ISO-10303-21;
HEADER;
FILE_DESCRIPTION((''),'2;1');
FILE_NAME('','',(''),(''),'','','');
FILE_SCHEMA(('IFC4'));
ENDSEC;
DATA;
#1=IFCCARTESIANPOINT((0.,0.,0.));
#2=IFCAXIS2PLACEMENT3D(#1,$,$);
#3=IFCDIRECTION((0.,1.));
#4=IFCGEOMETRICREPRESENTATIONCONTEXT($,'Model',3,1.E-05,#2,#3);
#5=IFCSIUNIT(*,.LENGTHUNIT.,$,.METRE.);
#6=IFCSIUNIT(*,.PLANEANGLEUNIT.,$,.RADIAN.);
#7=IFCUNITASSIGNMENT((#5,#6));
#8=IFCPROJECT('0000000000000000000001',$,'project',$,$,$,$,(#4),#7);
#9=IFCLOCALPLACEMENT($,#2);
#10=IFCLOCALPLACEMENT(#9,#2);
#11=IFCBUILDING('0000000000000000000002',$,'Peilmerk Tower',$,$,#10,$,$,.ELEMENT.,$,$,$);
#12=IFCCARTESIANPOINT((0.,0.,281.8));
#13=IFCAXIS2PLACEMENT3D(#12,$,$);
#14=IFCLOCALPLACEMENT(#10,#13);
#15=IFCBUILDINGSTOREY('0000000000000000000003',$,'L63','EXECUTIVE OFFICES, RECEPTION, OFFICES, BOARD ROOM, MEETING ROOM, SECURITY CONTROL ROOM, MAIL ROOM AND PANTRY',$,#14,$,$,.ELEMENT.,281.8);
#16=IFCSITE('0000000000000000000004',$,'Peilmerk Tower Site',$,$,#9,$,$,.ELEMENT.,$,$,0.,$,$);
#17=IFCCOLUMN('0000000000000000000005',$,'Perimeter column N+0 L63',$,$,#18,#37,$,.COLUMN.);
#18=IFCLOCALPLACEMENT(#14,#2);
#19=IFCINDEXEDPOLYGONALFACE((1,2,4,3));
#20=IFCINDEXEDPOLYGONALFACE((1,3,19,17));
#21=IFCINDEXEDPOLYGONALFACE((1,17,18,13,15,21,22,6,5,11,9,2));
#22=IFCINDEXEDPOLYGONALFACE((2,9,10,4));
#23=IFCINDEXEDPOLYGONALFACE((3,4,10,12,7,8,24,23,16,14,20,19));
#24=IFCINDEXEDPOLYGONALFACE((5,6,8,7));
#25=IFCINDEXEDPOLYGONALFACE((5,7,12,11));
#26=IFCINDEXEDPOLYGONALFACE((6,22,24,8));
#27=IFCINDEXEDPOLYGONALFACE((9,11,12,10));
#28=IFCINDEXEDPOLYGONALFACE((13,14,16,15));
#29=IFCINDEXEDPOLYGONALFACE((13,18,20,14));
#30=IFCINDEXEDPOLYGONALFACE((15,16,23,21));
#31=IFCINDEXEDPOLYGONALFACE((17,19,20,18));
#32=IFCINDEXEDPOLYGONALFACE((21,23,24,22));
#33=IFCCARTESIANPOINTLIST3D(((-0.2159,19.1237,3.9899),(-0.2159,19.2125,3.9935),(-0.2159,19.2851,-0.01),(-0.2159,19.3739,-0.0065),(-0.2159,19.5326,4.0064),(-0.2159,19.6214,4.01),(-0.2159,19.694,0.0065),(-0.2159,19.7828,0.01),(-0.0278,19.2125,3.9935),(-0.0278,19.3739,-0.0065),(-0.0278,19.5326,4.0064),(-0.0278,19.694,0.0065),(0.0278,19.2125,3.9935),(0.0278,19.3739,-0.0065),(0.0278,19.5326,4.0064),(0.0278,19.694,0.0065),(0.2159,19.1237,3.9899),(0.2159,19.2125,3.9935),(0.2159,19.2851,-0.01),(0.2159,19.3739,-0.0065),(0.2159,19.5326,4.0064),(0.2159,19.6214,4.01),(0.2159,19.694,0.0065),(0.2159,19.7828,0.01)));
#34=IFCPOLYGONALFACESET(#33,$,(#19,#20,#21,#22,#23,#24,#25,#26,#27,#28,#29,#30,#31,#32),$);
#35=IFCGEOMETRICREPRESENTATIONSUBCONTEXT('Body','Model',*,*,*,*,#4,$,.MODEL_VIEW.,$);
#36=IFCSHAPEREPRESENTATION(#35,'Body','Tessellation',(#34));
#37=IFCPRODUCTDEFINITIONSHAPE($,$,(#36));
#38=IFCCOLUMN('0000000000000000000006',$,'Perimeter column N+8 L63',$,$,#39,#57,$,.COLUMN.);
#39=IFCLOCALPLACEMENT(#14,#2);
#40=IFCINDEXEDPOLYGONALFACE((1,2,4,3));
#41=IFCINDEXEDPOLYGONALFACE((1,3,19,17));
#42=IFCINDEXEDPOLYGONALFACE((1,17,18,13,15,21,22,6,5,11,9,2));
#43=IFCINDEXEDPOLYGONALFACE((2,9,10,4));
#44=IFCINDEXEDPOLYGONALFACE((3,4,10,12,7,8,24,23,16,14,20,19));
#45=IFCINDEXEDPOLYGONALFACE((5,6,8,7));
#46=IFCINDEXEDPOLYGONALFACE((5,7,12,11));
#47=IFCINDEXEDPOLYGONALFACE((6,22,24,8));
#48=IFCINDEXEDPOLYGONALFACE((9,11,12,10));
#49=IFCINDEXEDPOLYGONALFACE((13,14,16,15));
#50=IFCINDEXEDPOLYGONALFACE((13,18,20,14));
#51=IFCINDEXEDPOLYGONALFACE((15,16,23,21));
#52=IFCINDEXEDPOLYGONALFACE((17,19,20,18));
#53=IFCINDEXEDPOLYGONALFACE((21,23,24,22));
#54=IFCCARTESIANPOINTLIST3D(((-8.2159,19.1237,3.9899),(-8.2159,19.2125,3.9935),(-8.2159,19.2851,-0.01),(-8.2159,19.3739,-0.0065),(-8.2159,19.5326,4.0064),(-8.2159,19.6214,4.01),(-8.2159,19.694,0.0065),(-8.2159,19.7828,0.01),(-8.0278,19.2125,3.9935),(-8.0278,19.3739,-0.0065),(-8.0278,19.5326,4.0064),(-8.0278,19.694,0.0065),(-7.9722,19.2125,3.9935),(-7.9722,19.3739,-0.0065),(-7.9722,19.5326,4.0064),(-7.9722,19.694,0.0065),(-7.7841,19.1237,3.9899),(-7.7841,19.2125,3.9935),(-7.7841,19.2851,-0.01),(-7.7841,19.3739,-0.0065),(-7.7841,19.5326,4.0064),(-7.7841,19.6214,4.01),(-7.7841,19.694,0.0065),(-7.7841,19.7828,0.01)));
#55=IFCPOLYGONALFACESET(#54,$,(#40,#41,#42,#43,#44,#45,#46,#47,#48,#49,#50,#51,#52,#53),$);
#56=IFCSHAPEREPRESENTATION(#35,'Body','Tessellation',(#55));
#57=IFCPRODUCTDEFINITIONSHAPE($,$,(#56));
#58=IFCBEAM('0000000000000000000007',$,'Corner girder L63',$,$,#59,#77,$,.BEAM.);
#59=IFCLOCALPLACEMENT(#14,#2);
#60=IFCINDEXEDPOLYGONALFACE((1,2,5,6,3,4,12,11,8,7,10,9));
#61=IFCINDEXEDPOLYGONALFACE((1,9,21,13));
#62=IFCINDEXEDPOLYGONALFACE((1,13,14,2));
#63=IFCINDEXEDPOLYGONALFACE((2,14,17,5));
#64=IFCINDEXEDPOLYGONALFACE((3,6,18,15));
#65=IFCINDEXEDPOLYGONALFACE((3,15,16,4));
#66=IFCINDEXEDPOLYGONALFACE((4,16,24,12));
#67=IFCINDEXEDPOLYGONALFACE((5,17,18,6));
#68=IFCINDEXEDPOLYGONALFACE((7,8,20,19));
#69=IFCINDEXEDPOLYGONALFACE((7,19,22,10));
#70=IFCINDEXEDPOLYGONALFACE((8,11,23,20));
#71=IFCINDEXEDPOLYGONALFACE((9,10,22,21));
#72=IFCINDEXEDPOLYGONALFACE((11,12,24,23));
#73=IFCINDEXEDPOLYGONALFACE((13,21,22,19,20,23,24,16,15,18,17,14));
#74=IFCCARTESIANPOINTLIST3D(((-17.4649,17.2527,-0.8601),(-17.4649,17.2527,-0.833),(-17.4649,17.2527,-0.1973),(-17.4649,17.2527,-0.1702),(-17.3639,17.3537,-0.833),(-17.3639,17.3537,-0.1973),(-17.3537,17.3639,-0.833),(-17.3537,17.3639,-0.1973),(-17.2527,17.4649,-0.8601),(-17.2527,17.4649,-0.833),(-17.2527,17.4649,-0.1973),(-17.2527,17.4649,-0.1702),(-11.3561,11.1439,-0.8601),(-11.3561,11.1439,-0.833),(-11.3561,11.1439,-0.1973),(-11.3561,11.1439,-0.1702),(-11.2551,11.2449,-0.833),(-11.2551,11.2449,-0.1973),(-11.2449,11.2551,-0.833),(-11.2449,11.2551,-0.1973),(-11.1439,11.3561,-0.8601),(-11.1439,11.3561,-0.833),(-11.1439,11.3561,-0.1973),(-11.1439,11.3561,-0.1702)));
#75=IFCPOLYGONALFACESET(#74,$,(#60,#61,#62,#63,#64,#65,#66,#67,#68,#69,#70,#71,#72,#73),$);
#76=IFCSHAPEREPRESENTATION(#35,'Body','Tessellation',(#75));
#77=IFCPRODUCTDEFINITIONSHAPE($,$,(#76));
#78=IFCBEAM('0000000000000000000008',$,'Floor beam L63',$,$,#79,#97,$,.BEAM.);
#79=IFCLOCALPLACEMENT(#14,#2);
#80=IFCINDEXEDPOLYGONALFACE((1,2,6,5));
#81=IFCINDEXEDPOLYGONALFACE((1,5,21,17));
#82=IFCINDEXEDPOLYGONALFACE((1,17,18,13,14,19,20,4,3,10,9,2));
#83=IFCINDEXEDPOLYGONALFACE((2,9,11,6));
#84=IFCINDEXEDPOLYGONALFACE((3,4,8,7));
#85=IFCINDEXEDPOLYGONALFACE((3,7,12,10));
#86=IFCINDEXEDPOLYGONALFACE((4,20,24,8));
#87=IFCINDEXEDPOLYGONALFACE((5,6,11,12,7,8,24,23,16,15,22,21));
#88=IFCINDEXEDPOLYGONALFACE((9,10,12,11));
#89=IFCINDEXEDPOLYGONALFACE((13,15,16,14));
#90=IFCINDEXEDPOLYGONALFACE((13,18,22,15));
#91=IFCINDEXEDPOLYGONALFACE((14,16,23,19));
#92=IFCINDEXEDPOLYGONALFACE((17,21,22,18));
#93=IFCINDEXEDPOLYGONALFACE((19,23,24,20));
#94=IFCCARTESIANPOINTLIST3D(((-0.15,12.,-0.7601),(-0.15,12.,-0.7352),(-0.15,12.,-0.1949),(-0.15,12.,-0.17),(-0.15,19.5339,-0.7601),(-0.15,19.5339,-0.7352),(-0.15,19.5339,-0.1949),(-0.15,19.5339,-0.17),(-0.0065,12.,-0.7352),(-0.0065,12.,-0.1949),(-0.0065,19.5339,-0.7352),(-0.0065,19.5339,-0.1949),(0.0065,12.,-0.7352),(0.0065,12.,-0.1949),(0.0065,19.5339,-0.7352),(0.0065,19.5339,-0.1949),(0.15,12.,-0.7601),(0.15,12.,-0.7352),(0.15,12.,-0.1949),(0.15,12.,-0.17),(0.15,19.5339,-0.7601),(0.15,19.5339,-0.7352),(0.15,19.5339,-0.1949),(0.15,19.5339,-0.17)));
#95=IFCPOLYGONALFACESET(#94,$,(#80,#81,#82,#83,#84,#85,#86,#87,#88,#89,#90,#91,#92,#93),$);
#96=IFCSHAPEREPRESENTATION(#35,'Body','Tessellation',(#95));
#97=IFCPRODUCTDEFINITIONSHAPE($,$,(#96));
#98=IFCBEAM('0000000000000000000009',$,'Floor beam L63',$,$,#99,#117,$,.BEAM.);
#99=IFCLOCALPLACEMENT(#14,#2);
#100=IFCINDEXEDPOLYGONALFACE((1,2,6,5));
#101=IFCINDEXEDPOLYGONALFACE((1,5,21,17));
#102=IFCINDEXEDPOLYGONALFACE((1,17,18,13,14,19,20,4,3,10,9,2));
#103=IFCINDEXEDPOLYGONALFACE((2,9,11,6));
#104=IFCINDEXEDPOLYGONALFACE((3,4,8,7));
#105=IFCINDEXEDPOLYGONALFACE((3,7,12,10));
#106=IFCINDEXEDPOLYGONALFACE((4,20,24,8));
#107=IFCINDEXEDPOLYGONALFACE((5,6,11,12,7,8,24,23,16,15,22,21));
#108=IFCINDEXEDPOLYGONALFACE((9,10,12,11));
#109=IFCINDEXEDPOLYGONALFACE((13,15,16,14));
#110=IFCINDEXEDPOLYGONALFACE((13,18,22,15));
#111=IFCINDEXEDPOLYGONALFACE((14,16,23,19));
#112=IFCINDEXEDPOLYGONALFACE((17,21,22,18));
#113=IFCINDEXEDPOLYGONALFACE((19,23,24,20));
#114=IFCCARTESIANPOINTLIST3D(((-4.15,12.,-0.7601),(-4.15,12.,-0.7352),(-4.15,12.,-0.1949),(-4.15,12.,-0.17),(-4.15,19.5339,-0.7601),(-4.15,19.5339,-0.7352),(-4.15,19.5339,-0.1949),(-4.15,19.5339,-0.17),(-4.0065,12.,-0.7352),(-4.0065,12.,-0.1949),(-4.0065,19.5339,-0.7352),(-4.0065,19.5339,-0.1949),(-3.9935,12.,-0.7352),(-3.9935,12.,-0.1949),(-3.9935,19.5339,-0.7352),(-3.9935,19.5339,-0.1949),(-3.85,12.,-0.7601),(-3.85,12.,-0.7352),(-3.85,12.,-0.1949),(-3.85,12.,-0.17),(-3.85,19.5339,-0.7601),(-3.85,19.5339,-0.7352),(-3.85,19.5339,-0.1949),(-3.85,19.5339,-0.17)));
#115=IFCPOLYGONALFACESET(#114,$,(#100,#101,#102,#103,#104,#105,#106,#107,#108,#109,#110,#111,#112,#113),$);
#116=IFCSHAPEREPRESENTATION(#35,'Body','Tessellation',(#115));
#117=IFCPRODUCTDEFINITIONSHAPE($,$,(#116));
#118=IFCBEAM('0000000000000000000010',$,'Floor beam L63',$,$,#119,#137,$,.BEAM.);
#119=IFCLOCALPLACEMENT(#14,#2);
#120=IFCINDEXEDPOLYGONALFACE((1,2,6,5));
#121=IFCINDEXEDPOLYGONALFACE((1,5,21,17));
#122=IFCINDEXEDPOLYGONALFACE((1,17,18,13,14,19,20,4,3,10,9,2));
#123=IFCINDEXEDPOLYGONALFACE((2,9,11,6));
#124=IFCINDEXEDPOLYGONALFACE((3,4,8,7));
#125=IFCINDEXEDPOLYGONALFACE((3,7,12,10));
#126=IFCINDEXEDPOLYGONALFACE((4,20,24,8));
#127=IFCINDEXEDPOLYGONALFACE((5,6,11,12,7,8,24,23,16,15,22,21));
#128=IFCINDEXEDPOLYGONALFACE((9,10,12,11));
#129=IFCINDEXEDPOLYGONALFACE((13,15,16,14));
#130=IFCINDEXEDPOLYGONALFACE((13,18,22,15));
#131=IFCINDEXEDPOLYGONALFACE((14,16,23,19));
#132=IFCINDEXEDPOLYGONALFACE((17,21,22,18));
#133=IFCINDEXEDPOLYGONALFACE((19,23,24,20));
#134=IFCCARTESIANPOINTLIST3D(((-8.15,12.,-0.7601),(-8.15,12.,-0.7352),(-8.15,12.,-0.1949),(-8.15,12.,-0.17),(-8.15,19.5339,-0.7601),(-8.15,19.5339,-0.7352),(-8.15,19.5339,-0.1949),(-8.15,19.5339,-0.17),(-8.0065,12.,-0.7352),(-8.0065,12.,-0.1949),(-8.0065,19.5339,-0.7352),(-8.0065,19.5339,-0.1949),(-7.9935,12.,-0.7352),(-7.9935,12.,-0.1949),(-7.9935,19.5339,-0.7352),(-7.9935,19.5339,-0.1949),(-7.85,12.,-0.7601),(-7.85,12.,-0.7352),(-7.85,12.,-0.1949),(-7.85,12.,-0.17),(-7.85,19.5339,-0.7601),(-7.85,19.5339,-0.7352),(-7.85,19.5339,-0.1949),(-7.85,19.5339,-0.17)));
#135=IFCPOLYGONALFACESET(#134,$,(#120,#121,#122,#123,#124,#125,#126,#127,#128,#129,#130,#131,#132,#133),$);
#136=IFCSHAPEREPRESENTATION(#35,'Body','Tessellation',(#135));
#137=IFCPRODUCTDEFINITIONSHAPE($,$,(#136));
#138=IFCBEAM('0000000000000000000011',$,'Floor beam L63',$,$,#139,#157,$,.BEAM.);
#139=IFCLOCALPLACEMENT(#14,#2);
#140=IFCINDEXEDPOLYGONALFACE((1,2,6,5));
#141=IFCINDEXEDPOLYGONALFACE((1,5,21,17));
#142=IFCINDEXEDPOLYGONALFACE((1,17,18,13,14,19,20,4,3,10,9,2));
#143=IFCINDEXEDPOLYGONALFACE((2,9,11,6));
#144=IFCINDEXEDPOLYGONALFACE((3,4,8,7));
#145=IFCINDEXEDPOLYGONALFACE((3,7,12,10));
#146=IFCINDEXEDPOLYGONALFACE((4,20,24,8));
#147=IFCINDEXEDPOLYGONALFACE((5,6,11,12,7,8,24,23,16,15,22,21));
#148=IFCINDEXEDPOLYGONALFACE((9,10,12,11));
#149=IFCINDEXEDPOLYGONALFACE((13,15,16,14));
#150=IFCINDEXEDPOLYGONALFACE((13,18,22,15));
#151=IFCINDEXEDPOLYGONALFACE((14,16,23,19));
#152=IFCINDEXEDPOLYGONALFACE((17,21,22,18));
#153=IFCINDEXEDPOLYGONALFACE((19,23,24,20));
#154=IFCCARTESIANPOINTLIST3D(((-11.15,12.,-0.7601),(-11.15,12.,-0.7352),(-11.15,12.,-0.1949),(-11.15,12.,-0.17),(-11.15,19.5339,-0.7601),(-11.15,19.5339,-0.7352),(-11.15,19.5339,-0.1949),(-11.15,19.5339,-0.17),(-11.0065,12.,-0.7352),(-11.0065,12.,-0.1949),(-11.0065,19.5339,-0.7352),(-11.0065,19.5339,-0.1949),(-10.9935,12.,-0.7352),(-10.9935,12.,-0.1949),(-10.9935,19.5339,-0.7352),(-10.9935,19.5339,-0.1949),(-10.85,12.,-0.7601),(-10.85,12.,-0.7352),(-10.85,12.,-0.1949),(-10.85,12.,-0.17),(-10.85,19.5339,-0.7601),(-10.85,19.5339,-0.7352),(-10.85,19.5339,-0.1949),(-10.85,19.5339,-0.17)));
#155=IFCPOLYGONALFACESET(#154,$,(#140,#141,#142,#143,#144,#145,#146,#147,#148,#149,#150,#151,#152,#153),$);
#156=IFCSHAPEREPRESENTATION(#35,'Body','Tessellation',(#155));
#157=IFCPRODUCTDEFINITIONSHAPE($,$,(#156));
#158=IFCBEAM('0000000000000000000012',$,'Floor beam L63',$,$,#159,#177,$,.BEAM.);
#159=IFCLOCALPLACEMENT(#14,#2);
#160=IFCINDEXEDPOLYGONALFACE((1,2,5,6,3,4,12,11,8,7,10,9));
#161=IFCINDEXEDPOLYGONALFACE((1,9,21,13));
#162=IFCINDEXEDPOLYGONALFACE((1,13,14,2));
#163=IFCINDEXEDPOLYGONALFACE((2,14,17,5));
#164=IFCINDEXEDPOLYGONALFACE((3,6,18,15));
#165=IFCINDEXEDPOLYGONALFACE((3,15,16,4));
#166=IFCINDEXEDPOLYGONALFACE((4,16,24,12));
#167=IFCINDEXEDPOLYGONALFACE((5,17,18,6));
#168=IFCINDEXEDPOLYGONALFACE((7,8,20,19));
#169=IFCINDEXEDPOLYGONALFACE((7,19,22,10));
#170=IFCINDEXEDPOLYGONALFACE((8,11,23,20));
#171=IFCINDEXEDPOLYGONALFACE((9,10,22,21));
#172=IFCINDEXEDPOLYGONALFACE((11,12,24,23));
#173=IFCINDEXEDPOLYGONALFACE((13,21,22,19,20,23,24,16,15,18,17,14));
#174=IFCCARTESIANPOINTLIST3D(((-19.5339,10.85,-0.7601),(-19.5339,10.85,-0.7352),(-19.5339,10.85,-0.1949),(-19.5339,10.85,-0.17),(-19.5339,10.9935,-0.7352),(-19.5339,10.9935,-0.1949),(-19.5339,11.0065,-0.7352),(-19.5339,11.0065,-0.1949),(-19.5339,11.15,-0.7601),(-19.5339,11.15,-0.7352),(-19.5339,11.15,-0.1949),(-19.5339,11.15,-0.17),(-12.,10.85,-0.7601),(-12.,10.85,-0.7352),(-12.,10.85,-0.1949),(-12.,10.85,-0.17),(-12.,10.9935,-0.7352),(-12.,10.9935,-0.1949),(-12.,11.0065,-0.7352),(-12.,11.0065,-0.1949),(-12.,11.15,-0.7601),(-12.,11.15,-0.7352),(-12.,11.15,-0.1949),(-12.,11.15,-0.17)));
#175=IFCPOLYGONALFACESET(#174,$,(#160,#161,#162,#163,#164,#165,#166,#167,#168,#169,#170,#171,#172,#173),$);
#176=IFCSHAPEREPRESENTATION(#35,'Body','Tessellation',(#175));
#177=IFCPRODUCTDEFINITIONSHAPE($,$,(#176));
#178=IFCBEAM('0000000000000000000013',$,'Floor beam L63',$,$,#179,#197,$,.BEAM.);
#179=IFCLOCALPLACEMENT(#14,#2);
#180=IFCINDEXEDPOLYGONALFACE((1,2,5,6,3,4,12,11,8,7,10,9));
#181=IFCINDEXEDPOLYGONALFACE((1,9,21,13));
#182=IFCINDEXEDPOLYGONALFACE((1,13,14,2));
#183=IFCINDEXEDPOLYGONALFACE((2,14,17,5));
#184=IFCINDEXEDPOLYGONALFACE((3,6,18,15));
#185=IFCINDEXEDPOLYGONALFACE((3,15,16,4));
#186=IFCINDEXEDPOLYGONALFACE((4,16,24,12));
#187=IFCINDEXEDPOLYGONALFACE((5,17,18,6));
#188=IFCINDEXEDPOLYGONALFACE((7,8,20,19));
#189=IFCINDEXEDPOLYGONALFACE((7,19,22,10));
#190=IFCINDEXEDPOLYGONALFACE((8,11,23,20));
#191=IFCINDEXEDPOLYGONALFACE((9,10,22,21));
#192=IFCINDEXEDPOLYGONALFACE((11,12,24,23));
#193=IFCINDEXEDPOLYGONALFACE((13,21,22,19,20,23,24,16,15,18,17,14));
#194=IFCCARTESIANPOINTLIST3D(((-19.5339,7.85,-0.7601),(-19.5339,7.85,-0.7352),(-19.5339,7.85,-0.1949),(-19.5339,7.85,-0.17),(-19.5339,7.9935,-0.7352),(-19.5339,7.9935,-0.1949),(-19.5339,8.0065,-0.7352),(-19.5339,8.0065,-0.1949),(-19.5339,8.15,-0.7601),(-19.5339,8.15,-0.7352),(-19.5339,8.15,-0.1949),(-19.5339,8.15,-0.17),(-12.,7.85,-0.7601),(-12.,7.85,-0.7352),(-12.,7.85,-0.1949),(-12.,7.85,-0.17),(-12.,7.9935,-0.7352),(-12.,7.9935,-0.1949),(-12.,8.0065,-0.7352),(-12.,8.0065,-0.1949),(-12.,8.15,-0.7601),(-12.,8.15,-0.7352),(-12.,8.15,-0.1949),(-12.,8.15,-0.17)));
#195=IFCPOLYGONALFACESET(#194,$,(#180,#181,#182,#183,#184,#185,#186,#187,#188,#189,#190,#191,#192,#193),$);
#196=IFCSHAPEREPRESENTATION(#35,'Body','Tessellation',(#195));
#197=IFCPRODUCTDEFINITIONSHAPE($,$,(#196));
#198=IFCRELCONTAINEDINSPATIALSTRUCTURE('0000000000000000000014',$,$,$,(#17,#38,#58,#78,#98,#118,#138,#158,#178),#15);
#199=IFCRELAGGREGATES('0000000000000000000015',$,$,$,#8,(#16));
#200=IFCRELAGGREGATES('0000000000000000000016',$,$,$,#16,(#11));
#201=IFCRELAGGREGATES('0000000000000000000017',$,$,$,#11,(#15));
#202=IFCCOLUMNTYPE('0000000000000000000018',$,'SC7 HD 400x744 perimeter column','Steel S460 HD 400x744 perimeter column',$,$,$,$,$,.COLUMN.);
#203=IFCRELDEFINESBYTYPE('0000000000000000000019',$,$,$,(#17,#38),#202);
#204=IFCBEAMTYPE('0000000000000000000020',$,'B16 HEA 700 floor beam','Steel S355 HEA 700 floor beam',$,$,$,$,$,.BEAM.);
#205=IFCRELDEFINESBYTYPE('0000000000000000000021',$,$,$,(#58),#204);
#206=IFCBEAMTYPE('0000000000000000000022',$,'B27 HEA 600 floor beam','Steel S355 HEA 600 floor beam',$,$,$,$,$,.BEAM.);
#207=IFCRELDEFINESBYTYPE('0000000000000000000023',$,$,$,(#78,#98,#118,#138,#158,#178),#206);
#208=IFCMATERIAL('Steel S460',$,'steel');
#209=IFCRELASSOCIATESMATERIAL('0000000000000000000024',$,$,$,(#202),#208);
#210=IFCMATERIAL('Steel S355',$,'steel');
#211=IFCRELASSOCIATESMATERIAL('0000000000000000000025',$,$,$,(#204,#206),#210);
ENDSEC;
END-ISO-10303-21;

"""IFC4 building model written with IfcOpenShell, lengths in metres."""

from ifc_helpers import new_model, si_unit, direction, frame, origin, origin_2d, place, context, subcontext, project, spatial, i_section, extrude, material, material_profile, profile_set, type_object, element, save


model = new_model("IFC4")

# Units and contexts
model_context = context("Model", 3, precision=1e-05, world=origin(), true_north=direction((0.0, 1.0)))
body_context = subcontext(model_context, "Body", "Model", "MODEL_VIEW")
ifc_project = project(units=[si_unit("LENGTHUNIT", "METRE"), si_unit("PLANEANGLEUNIT", "RADIAN")], contexts=[model_context])

# Site, building, storey
site_placement = place(None, origin())
site = spatial("IfcSite", under=ifc_project, at=site_placement, Name="Peilmerk Tower Site", CompositionType="ELEMENT", RefElevation=0.0)
building_placement = place(site_placement, origin())
building = spatial("IfcBuilding", under=site, at=building_placement, Name="Peilmerk Tower", CompositionType="ELEMENT")
storey_placement = place(building_placement, frame((0.0, 0.0, 281.8)))
storey = spatial("IfcBuildingStorey", under=building, at=storey_placement, Name="L63", Description="EXECUTIVE OFFICES, RECEPTION, OFFICES, BOARD ROOM, MEETING ROOM, SECURITY CONTROL ROOM, MAIL ROOM AND PANTRY", CompositionType="ELEMENT", Elevation=281.8)

# Columns
ifc_material_1 = material(Name="Steel S460", Category="steel")
ifc_material_profile_1 = material_profile(ifc_material_1, i_section(OverallWidth=0.4319, OverallDepth=0.498, WebThickness=0.0557, FlangeThickness=0.0889, at=origin_2d()), Name="HD 400x744")
ifc_profile_set_1 = profile_set([ifc_material_profile_1], Name="Steel S460")
column_type = type_object("IfcColumnType", Name="SC7 HD 400x744 perimeter column", Description="Steel S460 HD 400x744 perimeter column", PredefinedType="COLUMN", material=ifc_profile_set_1)
for number, where, z_axis, x_axis, name in (
    (1, (0.0, 19.5339, 0.0), (0.0, -0.040311, 0.999187), (1.0, 0.0, 0.0), "Perimeter column N+0 L63"),
    (2, (-8.0, 19.5339, 0.0), (0.0, -0.040311, 0.999187), (1.0, 0.0, 0.0), "Perimeter column N+8 L63"),
):
    element("IfcColumn", number, at=place(storey_placement, frame(where, z_axis=z_axis, x_axis=x_axis)), inside=storey, type_object=column_type, Name=name, PredefinedType="COLUMN", context=body_context, shape_type="SweptSolid", body=[
        extrude(i_section(OverallWidth=0.4319, OverallDepth=0.498, WebThickness=0.0557, FlangeThickness=0.0889, at=origin_2d()), origin(), (0.0, 0.0, 1.0), 4.0032),
    ])

# Beams
ifc_material_2 = material(Name="Steel S355", Category="steel")
ifc_material_profile_2 = material_profile(ifc_material_2, i_section(OverallWidth=0.3, OverallDepth=0.6899, WebThickness=0.0144, FlangeThickness=0.0271, at=origin_2d()), Name="HEA 700")
ifc_profile_set_2 = profile_set([ifc_material_profile_2], Name="Steel S355")
beam_type_1 = type_object("IfcBeamType", Name="B16 HEA 700 floor beam", Description="Steel S355 HEA 700 floor beam", PredefinedType="BEAM", material=ifc_profile_set_2)
beam_1_placement = place(storey_placement, frame((-11.25, 11.25, -0.5151), z_axis=(-0.707107, 0.707107, 0.0), x_axis=(-0.707107, -0.707107, 0.0)))
element("IfcBeam", 3, at=beam_1_placement, inside=storey, type_object=beam_type_1, Name="Corner girder L63", PredefinedType="BEAM", context=body_context, shape_type="SweptSolid", body=[
    extrude(i_section(OverallWidth=0.3, OverallDepth=0.6899, WebThickness=0.0144, FlangeThickness=0.0271, at=origin_2d()), origin(), (0.0, 0.0, 1.0), 8.6392),
])
ifc_material_profile_3 = material_profile(ifc_material_2, i_section(OverallWidth=0.3, OverallDepth=0.5901, WebThickness=0.0129, FlangeThickness=0.0249, at=origin_2d()), Name="HEA 600")
ifc_profile_set_3 = profile_set([ifc_material_profile_3], Name="Steel S355")
beam_type_2 = type_object("IfcBeamType", Name="B27 HEA 600 floor beam", Description="Steel S355 HEA 600 floor beam", PredefinedType="BEAM", material=ifc_profile_set_3)
for number, where, z_axis, x_axis, name in (
    (4, (0.0, 12.0, -0.4651), (0.0, 1.0, 0.0), (-1.0, 0.0, 0.0), "Floor beam L63"),
    (5, (-4.0, 12.0, -0.4651), (0.0, 1.0, 0.0), (-1.0, 0.0, 0.0), "Floor beam L63"),
    (6, (-8.0, 12.0, -0.4651), (0.0, 1.0, 0.0), (-1.0, 0.0, 0.0), "Floor beam L63"),
    (7, (-11.0, 12.0, -0.4651), (0.0, 1.0, 0.0), (-1.0, 0.0, 0.0), "Floor beam L63"),
    (8, (-12.0, 11.0, -0.4651), (-1.0, 0.0, 0.0), (0.0, -1.0, 0.0), "Floor beam L63"),
    (9, (-12.0, 8.0, -0.4651), (-1.0, 0.0, 0.0), (0.0, -1.0, 0.0), "Floor beam L63"),
):
    element("IfcBeam", number, at=place(storey_placement, frame(where, z_axis=z_axis, x_axis=x_axis)), inside=storey, type_object=beam_type_2, Name=name, PredefinedType="BEAM", context=body_context, shape_type="SweptSolid", body=[
        extrude(i_section(OverallWidth=0.3, OverallDepth=0.5901, WebThickness=0.0129, FlangeThickness=0.0249, at=origin_2d()), origin(), (0.0, 0.0, 1.0), 7.5339),
    ])

save(model, "model.ifc")
